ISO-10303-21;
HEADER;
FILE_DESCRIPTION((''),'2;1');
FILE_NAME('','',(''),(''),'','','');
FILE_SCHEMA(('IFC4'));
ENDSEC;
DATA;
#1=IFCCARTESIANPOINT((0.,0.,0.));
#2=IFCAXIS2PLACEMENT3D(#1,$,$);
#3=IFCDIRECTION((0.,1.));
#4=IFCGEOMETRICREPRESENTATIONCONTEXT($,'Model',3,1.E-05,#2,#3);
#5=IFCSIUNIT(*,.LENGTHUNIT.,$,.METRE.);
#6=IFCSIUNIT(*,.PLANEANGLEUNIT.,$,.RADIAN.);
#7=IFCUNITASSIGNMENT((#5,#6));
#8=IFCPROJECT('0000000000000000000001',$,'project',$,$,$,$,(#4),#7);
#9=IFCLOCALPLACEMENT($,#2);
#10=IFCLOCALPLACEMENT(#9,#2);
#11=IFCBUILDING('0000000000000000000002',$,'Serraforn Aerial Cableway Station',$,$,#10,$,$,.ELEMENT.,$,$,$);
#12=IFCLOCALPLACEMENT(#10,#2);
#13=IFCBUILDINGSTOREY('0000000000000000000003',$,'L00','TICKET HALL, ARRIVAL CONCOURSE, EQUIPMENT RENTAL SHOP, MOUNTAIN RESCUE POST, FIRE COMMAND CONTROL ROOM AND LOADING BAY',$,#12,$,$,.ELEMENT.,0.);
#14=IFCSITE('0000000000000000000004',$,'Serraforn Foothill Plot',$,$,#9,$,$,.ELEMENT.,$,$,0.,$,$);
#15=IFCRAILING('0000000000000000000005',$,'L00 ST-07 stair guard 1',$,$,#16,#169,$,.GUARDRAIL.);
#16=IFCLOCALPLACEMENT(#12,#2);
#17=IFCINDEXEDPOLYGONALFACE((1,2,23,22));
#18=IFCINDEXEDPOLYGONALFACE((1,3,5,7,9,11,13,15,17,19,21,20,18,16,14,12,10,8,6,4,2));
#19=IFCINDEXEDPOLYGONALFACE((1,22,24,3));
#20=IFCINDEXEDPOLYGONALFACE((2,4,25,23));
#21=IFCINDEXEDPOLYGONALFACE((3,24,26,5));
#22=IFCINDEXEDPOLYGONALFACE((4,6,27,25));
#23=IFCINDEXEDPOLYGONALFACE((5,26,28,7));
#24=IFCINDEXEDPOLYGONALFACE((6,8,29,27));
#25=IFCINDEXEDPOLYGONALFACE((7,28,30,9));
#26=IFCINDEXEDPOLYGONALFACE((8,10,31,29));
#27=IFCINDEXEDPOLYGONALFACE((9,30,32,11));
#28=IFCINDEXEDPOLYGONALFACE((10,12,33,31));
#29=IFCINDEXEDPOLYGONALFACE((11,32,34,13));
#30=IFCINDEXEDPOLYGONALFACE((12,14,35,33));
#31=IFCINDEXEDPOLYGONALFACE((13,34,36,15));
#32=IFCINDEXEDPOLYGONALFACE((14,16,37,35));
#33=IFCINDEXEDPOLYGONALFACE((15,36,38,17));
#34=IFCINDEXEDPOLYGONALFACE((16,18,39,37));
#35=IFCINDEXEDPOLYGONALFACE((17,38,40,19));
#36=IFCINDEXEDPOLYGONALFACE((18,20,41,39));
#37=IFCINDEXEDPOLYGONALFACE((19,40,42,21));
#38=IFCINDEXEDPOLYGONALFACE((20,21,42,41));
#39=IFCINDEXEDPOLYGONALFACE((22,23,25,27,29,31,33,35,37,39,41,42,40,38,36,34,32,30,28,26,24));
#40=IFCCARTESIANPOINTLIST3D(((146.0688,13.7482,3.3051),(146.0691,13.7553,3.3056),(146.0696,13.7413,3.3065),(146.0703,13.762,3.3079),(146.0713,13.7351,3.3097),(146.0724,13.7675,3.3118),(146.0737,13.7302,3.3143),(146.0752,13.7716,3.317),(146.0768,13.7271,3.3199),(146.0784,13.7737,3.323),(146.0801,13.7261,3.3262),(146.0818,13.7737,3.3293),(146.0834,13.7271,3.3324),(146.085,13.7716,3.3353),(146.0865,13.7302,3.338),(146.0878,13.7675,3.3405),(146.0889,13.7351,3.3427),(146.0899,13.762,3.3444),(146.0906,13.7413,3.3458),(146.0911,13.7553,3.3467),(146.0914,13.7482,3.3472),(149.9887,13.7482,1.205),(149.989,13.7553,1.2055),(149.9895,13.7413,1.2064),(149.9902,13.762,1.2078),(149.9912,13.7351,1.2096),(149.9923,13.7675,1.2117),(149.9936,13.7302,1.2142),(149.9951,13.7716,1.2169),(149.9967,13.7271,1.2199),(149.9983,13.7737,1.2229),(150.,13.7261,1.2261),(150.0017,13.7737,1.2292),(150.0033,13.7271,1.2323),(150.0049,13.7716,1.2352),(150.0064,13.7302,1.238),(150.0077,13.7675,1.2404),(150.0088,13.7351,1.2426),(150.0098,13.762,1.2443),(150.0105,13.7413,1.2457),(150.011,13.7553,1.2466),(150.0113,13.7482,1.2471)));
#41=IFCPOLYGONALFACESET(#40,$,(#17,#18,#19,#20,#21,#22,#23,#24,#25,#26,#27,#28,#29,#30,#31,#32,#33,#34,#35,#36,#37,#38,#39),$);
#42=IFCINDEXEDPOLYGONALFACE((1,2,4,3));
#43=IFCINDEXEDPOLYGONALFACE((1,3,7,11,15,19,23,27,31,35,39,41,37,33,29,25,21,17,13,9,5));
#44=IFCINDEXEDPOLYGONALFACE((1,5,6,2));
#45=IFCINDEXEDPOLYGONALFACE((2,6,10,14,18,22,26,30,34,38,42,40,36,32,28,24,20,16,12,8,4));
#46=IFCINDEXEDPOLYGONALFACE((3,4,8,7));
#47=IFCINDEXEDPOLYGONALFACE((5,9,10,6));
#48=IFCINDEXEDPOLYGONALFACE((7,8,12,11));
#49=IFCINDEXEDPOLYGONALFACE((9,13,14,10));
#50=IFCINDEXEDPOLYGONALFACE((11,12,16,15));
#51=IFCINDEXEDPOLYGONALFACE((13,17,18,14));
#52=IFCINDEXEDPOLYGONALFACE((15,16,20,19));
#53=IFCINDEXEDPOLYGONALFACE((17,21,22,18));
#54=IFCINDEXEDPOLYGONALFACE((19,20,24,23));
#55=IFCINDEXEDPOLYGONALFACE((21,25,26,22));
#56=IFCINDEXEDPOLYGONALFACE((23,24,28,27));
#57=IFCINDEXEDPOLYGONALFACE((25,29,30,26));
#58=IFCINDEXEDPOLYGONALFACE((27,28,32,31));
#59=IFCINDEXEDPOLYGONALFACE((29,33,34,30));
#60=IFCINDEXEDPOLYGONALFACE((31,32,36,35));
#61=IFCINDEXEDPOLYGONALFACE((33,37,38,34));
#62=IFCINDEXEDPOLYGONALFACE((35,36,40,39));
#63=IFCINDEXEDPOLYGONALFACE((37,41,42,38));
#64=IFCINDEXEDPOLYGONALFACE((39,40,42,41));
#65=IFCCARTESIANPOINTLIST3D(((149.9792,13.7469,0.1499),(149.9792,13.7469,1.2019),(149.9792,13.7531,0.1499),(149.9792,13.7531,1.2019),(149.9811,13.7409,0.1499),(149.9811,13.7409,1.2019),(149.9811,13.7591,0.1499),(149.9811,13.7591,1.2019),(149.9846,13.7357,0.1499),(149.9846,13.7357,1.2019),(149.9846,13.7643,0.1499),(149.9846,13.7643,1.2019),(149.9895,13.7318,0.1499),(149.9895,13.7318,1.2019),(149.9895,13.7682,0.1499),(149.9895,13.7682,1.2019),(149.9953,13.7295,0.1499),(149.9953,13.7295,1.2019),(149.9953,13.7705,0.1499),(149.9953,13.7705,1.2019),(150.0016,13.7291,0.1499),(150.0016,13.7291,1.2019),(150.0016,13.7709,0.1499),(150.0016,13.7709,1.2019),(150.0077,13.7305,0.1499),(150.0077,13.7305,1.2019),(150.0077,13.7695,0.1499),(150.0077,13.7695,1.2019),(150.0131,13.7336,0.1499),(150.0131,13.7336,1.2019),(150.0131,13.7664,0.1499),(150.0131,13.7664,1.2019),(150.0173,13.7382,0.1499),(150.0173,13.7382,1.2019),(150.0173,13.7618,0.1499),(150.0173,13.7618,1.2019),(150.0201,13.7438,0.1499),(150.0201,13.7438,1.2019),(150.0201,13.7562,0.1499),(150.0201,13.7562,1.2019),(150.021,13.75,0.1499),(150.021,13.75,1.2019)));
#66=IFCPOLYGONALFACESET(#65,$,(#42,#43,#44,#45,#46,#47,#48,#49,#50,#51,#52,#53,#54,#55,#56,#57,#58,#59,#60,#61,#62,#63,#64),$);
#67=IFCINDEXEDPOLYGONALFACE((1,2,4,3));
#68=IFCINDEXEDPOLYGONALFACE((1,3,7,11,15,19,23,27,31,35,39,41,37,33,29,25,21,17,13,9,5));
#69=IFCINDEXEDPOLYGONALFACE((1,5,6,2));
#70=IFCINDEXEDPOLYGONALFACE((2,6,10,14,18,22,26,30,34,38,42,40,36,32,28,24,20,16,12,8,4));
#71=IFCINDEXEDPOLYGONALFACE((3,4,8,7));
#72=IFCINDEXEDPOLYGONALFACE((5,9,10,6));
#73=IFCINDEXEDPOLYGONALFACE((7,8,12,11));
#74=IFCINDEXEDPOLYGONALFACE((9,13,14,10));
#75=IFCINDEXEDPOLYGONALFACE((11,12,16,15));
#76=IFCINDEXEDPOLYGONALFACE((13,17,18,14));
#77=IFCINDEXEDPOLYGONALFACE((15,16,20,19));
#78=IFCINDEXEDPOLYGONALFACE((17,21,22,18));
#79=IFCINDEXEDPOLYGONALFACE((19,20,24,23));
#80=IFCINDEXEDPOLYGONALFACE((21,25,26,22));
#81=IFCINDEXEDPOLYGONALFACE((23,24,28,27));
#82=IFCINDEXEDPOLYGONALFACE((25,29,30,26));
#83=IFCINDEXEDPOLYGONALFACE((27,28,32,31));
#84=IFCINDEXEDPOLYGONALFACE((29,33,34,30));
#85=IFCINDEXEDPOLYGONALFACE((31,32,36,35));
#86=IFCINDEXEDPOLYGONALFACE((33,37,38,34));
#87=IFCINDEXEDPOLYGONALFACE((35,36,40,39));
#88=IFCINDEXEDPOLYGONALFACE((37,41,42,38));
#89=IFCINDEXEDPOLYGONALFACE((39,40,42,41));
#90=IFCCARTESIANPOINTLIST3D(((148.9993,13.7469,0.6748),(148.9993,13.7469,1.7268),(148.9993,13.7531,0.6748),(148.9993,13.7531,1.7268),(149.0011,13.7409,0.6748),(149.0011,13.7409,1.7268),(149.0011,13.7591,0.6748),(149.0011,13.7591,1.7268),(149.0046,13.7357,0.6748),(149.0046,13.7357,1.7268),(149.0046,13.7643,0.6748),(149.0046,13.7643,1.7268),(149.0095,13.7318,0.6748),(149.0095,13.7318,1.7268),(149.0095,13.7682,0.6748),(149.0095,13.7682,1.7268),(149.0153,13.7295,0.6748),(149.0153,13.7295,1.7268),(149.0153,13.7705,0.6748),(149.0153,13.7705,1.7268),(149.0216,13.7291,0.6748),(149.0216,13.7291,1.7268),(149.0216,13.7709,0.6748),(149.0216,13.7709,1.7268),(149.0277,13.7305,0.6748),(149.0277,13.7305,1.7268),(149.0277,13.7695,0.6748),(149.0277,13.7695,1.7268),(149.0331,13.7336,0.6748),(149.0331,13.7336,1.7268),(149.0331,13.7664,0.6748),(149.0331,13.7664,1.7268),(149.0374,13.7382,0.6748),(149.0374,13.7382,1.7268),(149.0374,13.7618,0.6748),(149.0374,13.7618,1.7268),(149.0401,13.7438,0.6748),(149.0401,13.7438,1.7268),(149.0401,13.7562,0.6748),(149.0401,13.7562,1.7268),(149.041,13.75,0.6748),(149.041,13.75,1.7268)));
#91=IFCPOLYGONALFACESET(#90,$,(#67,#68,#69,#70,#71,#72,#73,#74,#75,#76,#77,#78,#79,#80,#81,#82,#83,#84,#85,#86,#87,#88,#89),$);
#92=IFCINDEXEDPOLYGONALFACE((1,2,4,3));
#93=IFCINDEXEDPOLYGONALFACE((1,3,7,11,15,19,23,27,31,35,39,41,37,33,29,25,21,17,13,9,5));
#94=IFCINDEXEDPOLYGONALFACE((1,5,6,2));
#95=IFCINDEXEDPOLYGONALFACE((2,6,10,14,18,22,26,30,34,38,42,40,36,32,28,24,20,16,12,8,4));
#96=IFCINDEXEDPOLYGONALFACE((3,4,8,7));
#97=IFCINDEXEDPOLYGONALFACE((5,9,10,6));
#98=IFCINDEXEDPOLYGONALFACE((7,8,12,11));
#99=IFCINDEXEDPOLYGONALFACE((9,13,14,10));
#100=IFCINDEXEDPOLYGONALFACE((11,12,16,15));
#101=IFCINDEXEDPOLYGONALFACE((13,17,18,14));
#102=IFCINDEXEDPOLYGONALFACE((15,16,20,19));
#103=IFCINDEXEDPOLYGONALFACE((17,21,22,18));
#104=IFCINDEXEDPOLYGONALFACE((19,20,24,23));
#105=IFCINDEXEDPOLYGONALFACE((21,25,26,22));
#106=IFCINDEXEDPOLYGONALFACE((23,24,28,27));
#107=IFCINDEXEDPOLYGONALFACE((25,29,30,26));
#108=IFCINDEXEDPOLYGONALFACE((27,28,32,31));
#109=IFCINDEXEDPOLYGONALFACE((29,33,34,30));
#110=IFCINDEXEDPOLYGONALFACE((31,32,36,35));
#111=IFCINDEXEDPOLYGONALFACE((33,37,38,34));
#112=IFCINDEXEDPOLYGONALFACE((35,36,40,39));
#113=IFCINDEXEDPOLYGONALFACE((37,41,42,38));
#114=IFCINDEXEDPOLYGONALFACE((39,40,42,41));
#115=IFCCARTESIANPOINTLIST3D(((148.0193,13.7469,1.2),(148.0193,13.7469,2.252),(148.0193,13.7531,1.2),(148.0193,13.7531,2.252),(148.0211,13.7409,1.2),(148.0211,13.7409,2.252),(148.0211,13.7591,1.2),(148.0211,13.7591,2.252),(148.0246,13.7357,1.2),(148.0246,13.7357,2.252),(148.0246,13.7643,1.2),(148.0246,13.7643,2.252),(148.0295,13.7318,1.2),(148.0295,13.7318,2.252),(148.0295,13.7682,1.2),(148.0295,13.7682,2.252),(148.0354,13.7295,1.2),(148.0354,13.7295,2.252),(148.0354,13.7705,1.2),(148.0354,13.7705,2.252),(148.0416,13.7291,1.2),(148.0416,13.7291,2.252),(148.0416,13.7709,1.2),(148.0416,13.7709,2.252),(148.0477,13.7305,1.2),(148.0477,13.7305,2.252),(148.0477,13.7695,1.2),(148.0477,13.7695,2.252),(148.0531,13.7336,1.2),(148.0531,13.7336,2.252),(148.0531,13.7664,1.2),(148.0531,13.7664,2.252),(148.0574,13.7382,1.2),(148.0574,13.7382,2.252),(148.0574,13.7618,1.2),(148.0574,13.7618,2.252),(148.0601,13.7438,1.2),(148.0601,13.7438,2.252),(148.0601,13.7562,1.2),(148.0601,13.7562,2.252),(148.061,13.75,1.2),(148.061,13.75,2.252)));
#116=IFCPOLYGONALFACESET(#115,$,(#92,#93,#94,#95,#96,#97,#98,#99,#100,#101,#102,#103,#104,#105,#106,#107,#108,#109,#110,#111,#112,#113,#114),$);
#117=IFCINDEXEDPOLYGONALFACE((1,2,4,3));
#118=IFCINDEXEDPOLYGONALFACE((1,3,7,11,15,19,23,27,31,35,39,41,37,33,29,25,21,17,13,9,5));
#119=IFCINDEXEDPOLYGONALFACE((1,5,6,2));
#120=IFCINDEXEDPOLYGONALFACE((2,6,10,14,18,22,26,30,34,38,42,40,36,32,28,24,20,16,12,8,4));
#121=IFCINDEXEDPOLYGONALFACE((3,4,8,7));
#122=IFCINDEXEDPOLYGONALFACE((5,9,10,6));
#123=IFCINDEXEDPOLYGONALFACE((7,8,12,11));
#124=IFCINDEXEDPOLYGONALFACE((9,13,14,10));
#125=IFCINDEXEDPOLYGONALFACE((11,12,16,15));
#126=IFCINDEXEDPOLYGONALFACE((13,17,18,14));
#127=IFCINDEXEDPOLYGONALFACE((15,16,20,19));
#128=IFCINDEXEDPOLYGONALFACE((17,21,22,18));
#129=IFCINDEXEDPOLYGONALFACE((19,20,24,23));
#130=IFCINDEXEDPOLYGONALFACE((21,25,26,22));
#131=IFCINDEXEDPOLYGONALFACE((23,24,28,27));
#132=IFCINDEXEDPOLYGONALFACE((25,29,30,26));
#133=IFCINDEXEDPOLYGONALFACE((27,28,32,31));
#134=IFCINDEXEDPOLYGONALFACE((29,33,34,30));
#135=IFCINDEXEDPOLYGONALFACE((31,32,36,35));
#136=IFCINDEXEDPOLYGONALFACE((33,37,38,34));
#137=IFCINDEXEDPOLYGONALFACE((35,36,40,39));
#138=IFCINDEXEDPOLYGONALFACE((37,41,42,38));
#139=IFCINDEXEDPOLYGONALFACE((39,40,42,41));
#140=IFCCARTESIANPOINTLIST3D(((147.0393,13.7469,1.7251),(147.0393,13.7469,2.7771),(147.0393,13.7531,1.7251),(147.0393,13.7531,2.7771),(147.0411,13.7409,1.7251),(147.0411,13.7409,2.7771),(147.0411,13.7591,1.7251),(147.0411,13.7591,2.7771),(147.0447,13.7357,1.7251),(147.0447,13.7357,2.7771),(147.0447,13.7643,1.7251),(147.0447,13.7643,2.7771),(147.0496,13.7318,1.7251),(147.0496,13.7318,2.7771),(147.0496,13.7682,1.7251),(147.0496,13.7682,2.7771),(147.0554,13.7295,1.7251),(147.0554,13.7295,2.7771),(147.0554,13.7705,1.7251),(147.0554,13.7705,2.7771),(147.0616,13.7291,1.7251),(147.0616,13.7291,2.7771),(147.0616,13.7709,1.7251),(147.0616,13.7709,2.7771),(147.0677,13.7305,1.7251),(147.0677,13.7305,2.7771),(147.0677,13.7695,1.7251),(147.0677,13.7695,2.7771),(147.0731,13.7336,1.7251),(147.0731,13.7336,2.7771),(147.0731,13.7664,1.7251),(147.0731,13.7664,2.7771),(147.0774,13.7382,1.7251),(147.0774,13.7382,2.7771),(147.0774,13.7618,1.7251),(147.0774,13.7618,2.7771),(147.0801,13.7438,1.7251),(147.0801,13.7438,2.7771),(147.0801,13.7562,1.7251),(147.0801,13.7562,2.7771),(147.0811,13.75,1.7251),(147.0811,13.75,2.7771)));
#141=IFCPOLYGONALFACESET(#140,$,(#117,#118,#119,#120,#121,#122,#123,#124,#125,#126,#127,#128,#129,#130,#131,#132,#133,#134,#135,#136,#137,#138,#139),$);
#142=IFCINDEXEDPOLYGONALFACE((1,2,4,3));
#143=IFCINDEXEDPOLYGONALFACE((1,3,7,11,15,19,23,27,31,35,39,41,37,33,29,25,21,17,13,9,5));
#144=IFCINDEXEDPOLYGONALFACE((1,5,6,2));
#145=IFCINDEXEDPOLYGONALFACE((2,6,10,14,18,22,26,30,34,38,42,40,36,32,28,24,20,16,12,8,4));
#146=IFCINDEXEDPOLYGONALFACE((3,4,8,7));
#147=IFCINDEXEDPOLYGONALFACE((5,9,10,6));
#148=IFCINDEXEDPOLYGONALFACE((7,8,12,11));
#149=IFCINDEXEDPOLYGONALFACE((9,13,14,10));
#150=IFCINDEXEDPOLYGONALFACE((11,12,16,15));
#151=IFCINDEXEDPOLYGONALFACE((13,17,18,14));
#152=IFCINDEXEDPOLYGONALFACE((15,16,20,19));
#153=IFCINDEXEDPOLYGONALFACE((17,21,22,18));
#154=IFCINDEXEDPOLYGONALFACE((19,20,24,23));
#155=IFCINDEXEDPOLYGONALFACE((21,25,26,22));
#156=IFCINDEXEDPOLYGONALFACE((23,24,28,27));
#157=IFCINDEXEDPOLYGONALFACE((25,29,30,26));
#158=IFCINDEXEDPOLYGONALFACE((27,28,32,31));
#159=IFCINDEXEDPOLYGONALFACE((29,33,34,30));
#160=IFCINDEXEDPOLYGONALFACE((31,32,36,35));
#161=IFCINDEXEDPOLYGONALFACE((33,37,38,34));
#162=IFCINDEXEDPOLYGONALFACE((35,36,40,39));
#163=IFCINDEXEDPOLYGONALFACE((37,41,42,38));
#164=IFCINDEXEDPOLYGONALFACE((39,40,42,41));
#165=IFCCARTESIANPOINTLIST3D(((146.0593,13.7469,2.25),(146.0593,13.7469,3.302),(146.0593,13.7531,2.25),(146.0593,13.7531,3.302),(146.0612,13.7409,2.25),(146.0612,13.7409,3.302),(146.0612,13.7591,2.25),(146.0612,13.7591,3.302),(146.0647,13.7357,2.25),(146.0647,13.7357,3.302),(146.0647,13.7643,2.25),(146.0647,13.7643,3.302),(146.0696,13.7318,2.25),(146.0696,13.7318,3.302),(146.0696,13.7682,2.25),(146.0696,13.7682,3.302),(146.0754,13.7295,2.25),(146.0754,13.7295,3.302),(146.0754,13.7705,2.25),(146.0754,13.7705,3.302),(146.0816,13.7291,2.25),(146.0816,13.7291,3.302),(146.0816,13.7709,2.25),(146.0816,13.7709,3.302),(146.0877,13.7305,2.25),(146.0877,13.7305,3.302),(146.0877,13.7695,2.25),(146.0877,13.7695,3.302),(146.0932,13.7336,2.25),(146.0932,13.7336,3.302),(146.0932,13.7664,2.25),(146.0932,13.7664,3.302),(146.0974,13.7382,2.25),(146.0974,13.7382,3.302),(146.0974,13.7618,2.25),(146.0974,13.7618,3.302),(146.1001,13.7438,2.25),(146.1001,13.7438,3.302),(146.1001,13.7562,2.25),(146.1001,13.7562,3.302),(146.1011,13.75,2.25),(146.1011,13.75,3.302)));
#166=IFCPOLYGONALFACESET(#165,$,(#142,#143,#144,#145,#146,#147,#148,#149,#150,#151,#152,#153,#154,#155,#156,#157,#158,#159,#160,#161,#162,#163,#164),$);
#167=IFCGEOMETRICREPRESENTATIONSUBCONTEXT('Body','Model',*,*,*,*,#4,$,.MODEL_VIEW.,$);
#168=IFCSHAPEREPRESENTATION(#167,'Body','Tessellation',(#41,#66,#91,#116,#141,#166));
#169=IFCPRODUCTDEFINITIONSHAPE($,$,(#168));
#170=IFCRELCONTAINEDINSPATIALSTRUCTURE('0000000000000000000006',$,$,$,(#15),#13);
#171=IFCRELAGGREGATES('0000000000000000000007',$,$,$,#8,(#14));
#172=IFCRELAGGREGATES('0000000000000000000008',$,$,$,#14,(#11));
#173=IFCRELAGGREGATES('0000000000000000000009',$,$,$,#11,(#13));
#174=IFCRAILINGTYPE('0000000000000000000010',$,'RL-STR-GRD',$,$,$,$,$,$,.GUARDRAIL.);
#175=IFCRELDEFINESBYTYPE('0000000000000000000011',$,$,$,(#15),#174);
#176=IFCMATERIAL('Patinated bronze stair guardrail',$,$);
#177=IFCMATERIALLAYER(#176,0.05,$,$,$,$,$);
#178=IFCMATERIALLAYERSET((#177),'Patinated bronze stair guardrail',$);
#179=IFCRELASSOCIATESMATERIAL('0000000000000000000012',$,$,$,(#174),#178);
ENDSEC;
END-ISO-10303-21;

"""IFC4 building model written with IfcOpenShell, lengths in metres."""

from ifc_helpers import new_model, si_unit, direction, frame, origin, origin_2d, place, context, subcontext, project, spatial, circle, extrude, material, layer, layer_set, type_object, element, save


model = new_model("IFC4")

# Units and contexts
model_context = context("Model", 3, precision=1e-05, world=origin(), true_north=direction((0.0, 1.0)))
body_context = subcontext(model_context, "Body", "Model", "MODEL_VIEW")
ifc_project = project(units=[si_unit("LENGTHUNIT", "METRE"), si_unit("PLANEANGLEUNIT", "RADIAN")], contexts=[model_context])

# Site, building, storey
site_placement = place(None, origin())
site = spatial("IfcSite", under=ifc_project, at=site_placement, Name="Serraforn Foothill Plot", CompositionType="ELEMENT", RefElevation=0.0)
building_placement = place(site_placement, origin())
building = spatial("IfcBuilding", under=site, at=building_placement, Name="Serraforn Aerial Cableway Station", CompositionType="ELEMENT")
storey_placement = place(building_placement, origin())
storey = spatial("IfcBuildingStorey", under=building, at=storey_placement, Name="L00", Description="TICKET HALL, ARRIVAL CONCOURSE, EQUIPMENT RENTAL SHOP, MOUNTAIN RESCUE POST, FIRE COMMAND CONTROL ROOM AND LOADING BAY", CompositionType="ELEMENT", Elevation=0.0)

# Railing
ifc_material_1 = material(Name="Patinated bronze stair guardrail")
ifc_layer_1 = layer(ifc_material_1, 0.05)
ifc_layer_set_1 = layer_set([ifc_layer_1], Name="Patinated bronze stair guardrail")
railing_type_1 = type_object("IfcRailingType", Name="RL-STR-GRD", PredefinedType="GUARDRAIL", material=ifc_layer_set_1)
railing_1_placement = place(storey_placement, frame((150.0, 13.75, 0.1499)))
element("IfcRailing", 1, at=railing_1_placement, inside=storey, type_object=railing_type_1, Name="L00 ST-07 stair guard 1", PredefinedType="GUARDRAIL", context=body_context, shape_type="SweptSolid", body=[
    extrude(circle(Radius=0.0239, at=origin_2d()), frame((0.0, 0.0, 1.0762), z_axis=(-0.881467, 0.0, 0.472246), x_axis=(0.0, -1.0, 0.0)), (0.0, 0.0, 1.0), 4.447),
    extrude(circle(Radius=0.021, at=origin_2d()), origin(), (0.0, 0.0, 1.0), 1.052),
    extrude(circle(Radius=0.021, at=origin_2d()), frame((-0.98, 0.0, 0.5249)), (0.0, 0.0, 1.0), 1.052),
    extrude(circle(Radius=0.021, at=origin_2d()), frame((-1.96, 0.0, 1.05)), (0.0, 0.0, 1.0), 1.052),
    extrude(circle(Radius=0.021, at=origin_2d()), frame((-2.9399, 0.0, 1.5752)), (0.0, 0.0, 1.0), 1.052),
    extrude(circle(Radius=0.021, at=origin_2d()), frame((-3.9199, 0.0, 2.1001)), (0.0, 0.0, 1.0), 1.052),
])

save(model, "model.ifc")
